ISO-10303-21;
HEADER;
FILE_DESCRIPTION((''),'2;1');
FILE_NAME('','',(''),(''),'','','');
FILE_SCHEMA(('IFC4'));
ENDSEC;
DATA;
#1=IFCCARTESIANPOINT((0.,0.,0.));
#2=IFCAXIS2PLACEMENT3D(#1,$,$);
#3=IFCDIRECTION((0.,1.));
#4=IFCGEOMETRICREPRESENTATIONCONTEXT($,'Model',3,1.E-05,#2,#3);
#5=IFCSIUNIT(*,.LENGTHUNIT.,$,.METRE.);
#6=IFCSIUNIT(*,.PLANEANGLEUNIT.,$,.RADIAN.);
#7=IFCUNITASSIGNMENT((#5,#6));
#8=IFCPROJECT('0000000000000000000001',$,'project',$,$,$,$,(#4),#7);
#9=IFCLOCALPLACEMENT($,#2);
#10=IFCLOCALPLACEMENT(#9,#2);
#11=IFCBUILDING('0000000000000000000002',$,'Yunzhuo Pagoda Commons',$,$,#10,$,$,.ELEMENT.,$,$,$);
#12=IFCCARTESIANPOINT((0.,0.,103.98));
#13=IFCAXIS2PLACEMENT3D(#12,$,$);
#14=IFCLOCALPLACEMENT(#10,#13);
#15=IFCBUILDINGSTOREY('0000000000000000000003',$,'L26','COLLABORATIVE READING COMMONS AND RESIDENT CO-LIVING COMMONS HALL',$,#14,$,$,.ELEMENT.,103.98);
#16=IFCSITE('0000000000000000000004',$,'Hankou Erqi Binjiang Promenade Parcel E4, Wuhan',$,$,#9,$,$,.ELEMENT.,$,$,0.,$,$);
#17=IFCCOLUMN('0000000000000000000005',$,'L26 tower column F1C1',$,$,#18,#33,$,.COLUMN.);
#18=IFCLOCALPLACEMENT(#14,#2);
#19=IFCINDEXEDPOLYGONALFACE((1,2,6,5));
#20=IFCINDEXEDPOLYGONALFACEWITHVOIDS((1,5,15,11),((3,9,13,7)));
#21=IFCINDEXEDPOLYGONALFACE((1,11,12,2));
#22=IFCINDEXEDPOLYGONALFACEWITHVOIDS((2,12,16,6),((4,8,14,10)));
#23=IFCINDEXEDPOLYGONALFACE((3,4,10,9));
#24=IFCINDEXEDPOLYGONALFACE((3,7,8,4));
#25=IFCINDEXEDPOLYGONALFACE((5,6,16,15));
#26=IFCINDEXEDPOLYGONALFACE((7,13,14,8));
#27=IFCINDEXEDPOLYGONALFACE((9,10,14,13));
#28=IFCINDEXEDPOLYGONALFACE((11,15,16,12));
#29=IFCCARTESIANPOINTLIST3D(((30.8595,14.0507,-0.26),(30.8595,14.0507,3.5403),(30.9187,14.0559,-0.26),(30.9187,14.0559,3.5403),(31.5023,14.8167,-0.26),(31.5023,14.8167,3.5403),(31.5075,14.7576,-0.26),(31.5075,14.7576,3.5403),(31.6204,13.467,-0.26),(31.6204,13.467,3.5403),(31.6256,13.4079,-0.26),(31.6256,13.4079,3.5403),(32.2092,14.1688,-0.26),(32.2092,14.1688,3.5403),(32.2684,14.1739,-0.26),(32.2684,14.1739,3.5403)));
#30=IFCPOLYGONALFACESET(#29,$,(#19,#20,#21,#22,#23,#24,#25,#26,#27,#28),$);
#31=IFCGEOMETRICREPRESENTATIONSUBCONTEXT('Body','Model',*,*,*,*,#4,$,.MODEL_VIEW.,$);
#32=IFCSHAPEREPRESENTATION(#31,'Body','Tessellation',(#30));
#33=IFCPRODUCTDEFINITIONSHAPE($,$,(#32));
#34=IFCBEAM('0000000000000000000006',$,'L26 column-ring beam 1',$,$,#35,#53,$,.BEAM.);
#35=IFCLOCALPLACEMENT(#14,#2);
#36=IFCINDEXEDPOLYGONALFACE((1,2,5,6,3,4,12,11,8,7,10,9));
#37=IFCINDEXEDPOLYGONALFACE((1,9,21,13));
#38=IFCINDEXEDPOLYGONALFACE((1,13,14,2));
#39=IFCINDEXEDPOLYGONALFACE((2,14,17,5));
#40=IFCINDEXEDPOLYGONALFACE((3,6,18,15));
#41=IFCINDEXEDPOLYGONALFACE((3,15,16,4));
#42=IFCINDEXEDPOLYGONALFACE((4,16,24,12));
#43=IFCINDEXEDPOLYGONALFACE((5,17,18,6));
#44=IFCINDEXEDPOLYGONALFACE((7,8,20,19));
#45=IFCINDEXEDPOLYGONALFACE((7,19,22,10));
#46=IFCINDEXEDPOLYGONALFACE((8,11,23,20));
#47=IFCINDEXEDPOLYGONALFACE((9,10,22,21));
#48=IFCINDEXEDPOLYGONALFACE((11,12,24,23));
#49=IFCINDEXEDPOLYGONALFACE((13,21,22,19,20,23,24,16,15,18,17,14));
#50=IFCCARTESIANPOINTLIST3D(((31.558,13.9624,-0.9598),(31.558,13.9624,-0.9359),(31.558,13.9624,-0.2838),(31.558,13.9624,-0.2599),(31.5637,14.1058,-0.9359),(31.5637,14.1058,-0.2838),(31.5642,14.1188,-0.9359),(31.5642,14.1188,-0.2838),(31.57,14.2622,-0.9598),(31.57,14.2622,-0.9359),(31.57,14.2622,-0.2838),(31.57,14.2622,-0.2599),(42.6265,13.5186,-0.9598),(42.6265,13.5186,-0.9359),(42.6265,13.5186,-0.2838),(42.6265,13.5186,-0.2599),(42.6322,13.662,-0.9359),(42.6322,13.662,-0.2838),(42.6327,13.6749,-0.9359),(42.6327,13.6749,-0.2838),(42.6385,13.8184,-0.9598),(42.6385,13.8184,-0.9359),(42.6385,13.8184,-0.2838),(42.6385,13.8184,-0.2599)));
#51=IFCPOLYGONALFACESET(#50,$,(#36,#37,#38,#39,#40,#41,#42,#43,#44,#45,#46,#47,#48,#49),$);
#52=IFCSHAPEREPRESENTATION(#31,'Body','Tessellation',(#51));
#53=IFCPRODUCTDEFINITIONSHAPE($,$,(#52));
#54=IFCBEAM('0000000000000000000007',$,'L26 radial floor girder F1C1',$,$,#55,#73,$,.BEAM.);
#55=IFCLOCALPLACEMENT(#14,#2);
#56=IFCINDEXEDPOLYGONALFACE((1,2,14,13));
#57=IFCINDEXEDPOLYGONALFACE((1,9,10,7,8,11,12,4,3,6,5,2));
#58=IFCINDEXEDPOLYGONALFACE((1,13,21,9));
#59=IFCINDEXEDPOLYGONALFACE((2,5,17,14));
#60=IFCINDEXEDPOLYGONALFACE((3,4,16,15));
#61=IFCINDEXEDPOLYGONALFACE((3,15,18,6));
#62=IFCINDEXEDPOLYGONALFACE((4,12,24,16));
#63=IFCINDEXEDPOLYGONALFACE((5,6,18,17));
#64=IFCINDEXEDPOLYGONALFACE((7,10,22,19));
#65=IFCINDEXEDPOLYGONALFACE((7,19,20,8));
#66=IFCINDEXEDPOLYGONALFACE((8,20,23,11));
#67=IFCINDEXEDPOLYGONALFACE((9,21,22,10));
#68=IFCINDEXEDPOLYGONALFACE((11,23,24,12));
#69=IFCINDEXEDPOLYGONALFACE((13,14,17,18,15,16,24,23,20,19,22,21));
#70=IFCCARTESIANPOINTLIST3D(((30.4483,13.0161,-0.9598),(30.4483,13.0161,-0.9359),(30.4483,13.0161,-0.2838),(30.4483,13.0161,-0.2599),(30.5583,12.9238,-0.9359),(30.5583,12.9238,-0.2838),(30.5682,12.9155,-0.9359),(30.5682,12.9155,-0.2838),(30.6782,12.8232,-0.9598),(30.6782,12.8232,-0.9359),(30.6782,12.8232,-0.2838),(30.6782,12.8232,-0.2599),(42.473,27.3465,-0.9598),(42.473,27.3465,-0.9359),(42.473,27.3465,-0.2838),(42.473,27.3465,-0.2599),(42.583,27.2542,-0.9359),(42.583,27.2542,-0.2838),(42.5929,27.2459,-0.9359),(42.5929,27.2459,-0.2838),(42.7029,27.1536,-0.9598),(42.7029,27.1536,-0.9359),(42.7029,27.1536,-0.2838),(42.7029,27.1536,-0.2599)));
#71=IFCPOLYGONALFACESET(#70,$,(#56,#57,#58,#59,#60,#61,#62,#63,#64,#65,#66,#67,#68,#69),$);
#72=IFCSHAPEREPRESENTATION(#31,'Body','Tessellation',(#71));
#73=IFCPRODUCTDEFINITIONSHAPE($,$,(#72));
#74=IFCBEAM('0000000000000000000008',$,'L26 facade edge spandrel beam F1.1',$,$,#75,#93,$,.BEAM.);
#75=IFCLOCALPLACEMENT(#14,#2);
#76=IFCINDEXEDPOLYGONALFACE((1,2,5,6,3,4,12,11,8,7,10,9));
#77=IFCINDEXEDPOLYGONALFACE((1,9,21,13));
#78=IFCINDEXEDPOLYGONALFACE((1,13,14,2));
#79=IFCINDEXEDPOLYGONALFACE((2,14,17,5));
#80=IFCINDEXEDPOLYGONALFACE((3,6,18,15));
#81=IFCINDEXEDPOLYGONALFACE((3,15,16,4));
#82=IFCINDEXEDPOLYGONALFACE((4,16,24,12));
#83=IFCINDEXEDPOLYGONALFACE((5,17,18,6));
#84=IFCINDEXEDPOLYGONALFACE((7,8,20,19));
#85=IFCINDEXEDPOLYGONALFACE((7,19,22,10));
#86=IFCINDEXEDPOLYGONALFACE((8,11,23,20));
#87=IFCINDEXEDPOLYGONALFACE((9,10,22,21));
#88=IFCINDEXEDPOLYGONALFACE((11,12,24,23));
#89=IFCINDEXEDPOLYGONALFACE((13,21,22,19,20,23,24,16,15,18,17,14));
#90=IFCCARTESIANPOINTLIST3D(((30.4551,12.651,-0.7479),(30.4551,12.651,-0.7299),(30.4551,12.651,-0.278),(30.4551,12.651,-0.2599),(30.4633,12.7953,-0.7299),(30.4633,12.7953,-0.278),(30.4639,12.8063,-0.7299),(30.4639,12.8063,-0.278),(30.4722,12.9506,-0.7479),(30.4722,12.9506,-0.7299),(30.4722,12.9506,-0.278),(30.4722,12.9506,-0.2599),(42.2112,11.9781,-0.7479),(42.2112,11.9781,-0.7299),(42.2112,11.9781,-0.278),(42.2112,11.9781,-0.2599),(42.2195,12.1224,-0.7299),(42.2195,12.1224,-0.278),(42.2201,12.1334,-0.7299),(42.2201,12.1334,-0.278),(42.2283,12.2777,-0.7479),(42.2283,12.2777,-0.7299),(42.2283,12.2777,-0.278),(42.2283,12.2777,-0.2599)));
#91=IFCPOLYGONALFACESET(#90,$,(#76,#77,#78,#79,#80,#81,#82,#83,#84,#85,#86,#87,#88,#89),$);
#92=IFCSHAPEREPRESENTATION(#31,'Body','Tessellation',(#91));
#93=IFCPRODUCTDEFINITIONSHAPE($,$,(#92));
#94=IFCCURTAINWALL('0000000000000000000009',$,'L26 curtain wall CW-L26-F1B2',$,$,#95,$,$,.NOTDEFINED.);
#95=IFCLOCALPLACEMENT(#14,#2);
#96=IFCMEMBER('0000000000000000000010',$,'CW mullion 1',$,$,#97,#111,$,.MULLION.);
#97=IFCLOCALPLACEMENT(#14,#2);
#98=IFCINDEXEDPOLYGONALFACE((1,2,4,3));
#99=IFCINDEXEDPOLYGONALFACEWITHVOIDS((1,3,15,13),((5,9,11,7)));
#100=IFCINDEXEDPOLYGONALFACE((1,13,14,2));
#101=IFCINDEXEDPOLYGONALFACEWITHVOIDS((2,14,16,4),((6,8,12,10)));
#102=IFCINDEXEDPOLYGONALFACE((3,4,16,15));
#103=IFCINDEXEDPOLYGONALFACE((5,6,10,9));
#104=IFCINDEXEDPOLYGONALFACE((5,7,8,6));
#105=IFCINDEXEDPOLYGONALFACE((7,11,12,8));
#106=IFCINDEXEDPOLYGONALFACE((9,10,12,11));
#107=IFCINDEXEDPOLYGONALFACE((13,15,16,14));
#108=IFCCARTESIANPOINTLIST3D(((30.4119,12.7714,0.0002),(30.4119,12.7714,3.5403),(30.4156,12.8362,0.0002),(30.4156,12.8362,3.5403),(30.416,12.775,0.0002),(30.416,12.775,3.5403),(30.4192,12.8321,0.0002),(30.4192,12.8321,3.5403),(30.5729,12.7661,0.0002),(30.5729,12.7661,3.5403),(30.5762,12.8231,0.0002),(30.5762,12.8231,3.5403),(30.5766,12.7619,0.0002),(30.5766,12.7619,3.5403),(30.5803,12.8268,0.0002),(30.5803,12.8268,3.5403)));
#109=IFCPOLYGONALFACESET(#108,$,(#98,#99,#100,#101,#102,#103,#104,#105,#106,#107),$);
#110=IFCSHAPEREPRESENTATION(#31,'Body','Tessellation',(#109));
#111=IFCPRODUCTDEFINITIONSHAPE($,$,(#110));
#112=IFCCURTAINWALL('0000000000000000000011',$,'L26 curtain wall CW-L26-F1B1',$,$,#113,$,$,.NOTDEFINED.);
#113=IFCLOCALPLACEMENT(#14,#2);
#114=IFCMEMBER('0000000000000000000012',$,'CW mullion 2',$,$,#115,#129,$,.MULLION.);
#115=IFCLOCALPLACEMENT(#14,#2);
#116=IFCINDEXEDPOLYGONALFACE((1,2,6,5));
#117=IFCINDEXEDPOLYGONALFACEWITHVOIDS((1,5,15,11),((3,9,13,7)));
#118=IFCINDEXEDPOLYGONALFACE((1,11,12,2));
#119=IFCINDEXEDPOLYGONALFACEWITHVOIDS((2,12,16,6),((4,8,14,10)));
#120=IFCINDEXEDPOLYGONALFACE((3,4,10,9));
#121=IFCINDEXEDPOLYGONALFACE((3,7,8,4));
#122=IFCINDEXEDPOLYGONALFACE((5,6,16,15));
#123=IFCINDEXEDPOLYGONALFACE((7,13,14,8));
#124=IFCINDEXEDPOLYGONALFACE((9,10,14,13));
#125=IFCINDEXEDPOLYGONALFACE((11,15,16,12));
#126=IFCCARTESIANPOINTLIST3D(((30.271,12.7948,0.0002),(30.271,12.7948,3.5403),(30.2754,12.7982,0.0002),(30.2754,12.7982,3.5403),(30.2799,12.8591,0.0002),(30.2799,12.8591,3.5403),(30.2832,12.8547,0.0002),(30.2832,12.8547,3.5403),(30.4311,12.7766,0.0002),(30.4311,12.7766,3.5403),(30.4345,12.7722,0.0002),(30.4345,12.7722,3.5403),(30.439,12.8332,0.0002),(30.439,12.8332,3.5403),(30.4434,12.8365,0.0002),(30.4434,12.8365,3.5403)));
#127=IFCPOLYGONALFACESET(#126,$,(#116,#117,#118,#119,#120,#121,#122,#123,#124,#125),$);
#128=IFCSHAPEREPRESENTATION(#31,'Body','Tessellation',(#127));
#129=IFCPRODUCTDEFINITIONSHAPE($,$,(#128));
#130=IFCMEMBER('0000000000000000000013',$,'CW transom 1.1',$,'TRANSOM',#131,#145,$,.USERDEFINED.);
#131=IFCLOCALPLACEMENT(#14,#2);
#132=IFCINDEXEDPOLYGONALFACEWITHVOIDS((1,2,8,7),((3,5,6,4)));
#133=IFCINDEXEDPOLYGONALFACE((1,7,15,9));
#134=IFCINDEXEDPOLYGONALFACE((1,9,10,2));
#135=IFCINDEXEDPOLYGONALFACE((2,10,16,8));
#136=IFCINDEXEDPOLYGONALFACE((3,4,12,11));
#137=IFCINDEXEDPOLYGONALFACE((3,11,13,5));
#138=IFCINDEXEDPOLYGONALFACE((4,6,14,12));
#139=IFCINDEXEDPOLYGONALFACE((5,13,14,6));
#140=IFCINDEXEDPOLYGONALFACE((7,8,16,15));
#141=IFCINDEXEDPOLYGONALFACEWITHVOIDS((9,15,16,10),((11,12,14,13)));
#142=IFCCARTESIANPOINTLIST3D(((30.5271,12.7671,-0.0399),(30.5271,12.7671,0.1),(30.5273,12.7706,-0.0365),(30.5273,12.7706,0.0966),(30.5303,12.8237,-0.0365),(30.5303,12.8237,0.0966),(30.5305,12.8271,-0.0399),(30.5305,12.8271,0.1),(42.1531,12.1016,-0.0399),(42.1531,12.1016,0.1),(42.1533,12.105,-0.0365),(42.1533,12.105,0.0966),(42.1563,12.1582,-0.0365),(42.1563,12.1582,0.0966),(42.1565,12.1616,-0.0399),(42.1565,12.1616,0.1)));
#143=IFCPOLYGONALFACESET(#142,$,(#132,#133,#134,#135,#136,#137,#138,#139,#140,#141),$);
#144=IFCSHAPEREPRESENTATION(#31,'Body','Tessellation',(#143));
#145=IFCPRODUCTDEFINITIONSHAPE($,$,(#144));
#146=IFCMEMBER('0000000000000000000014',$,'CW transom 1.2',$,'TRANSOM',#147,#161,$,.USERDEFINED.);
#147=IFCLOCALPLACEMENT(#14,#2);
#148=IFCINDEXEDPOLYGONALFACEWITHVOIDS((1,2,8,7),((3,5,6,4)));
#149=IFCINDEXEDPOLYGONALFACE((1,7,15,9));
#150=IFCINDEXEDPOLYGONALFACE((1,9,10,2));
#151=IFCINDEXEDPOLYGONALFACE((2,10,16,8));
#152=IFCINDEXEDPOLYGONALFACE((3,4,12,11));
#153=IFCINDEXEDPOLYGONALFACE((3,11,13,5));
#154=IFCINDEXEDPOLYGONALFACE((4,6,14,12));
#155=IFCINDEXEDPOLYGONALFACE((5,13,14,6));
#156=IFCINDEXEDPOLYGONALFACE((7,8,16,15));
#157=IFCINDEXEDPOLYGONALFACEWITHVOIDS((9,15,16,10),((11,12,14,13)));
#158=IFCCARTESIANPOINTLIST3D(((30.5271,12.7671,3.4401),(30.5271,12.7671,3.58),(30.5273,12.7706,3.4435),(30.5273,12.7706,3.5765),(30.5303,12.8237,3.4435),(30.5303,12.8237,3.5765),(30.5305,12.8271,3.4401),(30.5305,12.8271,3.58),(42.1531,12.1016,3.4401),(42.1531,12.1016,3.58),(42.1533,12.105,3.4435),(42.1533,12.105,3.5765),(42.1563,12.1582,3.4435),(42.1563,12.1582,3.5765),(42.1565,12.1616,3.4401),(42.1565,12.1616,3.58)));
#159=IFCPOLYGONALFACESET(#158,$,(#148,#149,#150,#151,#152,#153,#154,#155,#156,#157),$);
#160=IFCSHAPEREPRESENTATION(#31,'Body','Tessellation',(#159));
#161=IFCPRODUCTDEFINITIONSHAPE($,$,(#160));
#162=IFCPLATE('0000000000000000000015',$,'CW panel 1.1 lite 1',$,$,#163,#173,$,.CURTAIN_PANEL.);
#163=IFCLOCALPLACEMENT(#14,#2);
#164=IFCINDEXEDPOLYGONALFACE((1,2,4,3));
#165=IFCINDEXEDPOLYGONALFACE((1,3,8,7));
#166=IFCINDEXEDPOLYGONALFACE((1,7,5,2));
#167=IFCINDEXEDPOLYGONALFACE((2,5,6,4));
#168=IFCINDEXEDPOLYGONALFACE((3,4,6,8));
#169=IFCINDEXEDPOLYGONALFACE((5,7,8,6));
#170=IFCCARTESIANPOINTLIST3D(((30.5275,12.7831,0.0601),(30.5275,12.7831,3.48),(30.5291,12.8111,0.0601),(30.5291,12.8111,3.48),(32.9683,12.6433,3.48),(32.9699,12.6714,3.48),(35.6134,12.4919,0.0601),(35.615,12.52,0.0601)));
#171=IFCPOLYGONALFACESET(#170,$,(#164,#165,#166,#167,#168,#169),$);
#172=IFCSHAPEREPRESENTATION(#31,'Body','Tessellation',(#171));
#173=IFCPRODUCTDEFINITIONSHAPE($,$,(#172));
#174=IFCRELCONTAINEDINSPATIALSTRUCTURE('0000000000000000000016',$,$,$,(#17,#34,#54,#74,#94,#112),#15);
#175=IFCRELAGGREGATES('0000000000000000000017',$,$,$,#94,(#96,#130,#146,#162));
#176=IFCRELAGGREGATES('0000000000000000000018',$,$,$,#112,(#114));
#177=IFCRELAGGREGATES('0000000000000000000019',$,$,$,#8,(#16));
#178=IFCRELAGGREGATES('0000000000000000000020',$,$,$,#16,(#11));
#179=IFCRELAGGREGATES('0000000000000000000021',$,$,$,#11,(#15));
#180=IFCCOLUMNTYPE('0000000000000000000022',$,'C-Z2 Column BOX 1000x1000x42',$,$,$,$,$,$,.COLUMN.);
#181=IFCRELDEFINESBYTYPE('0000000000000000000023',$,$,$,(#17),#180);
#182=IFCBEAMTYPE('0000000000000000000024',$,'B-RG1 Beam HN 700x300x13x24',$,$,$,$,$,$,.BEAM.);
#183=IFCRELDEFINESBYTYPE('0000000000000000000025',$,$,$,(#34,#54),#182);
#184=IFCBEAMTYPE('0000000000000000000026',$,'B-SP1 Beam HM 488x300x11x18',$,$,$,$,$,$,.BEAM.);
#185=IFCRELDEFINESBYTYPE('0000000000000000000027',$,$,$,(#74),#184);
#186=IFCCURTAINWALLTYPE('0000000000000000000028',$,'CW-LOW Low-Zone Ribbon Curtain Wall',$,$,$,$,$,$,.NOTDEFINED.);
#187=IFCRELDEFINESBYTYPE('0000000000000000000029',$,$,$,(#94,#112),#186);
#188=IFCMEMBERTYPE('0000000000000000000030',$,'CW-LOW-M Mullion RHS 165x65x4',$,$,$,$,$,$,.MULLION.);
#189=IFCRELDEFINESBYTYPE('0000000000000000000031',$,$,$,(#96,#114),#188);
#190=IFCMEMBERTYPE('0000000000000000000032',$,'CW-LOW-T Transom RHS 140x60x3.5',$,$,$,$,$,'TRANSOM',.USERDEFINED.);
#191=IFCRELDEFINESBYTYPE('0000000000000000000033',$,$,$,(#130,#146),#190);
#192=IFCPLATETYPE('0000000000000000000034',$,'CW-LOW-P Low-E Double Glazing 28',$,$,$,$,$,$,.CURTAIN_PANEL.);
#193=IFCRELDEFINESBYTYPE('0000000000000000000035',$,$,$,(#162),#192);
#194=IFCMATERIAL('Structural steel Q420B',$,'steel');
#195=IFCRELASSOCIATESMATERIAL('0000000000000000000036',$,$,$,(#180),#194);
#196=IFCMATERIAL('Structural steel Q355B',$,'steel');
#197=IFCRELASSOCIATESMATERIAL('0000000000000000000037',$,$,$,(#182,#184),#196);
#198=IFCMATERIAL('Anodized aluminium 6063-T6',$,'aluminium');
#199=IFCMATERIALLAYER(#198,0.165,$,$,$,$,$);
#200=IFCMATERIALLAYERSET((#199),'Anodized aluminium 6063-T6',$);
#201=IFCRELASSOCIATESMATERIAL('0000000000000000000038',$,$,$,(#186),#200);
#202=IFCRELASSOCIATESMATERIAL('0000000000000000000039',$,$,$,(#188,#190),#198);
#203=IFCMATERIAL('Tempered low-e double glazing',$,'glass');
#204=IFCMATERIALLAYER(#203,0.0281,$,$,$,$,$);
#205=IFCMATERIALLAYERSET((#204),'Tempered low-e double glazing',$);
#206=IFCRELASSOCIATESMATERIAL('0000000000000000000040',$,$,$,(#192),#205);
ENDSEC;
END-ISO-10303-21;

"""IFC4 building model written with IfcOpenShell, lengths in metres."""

from ifc_helpers import new_model, si_unit, direction, frame, origin, origin_2d, place, context, subcontext, project, spatial, polyline, hollow_rectangle, i_section, outline, extrude, source, transform, mapped, material, layer, layer_set, material_profile, profile_set, type_object, element, aggregate, save


model = new_model("IFC4")

# Units and contexts
model_context = context("Model", 3, precision=1e-05, world=origin(), true_north=direction((0.0, 1.0)))
body_context = subcontext(model_context, "Body", "Model", "MODEL_VIEW")
ifc_project = project(units=[si_unit("LENGTHUNIT", "METRE"), si_unit("PLANEANGLEUNIT", "RADIAN")], contexts=[model_context])

# Site, building, storey
site_placement = place(None, origin())
site = spatial("IfcSite", under=ifc_project, at=site_placement, Name="Hankou Erqi Binjiang Promenade Parcel E4, Wuhan", CompositionType="ELEMENT", RefElevation=0.0)
building_placement = place(site_placement, origin())
building = spatial("IfcBuilding", under=site, at=building_placement, Name="Yunzhuo Pagoda Commons", CompositionType="ELEMENT")
storey_placement = place(building_placement, frame((0.0, 0.0, 103.98)))
storey = spatial("IfcBuildingStorey", under=building, at=storey_placement, Name="L26", Description="COLLABORATIVE READING COMMONS AND RESIDENT CO-LIVING COMMONS HALL", CompositionType="ELEMENT", Elevation=103.98)

# Column
ifc_material_1 = material(Name="Structural steel Q420B", Category="steel")
ifc_material_profile_1 = material_profile(ifc_material_1, hollow_rectangle(XDim=1.0, YDim=1.0, WallThickness=0.042, at=origin_2d()), Name="Structural steel Q420B")
ifc_profile_set_1 = profile_set([ifc_material_profile_1], Name="Structural steel Q420B")
column_type = type_object("IfcColumnType", Name="C-Z2 Column BOX 1000x1000x42", PredefinedType="COLUMN", material=ifc_profile_set_1)
shared_shape_1 = source(origin(), body_context, "Body", "SweptSolid", [
    extrude(hollow_rectangle(XDim=1.0, YDim=1.0, WallThickness=0.042, at=origin_2d()), origin(), (0.0, 0.0, 1.0), 3.8003),
])
column_placement = place(storey_placement, frame((31.564, 14.1123, -0.26), z_axis=(0.0, 0.0, 1.0), x_axis=(0.766044, -0.642788, 0.0)))
element("IfcColumn", 1, at=column_placement, inside=storey, type_object=column_type, Name="L26 tower column F1C1", PredefinedType="COLUMN", context=body_context, shape_type="MappedRepresentation", body=[
    mapped(shared_shape_1, transform((0.0, 0.0, 0.0), scale=1.0)),
])

# Beams
ifc_material_2 = material(Name="Structural steel Q355B", Category="steel")
ifc_material_profile_2 = material_profile(ifc_material_2, i_section(OverallWidth=0.3, OverallDepth=0.7, WebThickness=0.0129, FlangeThickness=0.0239, at=origin_2d()), Name="Structural steel Q355B")
ifc_profile_set_2 = profile_set([ifc_material_profile_2], Name="Structural steel Q355B")
beam_type_1 = type_object("IfcBeamType", Name="B-RG1 Beam HN 700x300x13x24", PredefinedType="BEAM", material=ifc_profile_set_2)
shared_shape_2 = source(origin(), body_context, "Body", "SweptSolid", [
    extrude(i_section(OverallWidth=0.3, OverallDepth=0.7, WebThickness=0.0129, FlangeThickness=0.0239, at=origin_2d()), origin(), (0.0, 0.0, 1.0), 11.0774),
])
beam_1_placement = place(storey_placement, frame((31.564, 14.1123, -0.6099), z_axis=(0.999197, -0.040067, 0.0), x_axis=(0.040067, 0.999197, 0.0)))
element("IfcBeam", 2, at=beam_1_placement, inside=storey, type_object=beam_type_1, Name="L26 column-ring beam 1", PredefinedType="BEAM", context=body_context, shape_type="MappedRepresentation", body=[
    mapped(shared_shape_2, transform((0.0, 0.0, 0.0), scale=1.0)),
])
shared_shape_3 = source(origin(), body_context, "Body", "SweptSolid", [
    extrude(i_section(OverallWidth=0.3, OverallDepth=0.7, WebThickness=0.0129, FlangeThickness=0.0239, at=origin_2d()), origin(), (0.0, 0.0, 1.0), 18.707),
])
beam_2_placement = place(storey_placement, frame((30.5632, 12.9197, -0.6099), z_axis=(0.64279, 0.766042, 0.0), x_axis=(-0.766042, 0.64279, 0.0)))
element("IfcBeam", 3, at=beam_2_placement, inside=storey, type_object=beam_type_1, Name="L26 radial floor girder F1C1", PredefinedType="BEAM", context=body_context, shape_type="MappedRepresentation", body=[
    mapped(shared_shape_3, transform((0.0, 0.0, 0.0), scale=1.0)),
])
ifc_material_profile_3 = material_profile(ifc_material_2, i_section(OverallWidth=0.3, OverallDepth=0.488, WebThickness=0.011, FlangeThickness=0.0181, at=origin_2d()), Name="Structural steel Q355B")
ifc_profile_set_3 = profile_set([ifc_material_profile_3], Name="Structural steel Q355B")
beam_type_2 = type_object("IfcBeamType", Name="B-SP1 Beam HM 488x300x11x18", PredefinedType="BEAM", material=ifc_profile_set_3)
shared_shape_4 = source(origin(), body_context, "Body", "SweptSolid", [
    extrude(i_section(OverallWidth=0.3, OverallDepth=0.488, WebThickness=0.011, FlangeThickness=0.0181, at=origin_2d()), origin(), (0.0, 0.0, 1.0), 11.7754),
])
beam_3_placement = place(storey_placement, frame((30.4636, 12.8008, -0.5039), z_axis=(0.998366, -0.057141, 0.0), x_axis=(0.057141, 0.998366, 0.0)))
element("IfcBeam", 4, at=beam_3_placement, inside=storey, type_object=beam_type_2, Name="L26 facade edge spandrel beam F1.1", PredefinedType="BEAM", context=body_context, shape_type="MappedRepresentation", body=[
    mapped(shared_shape_4, transform((0.0, 0.0, 0.0), scale=1.0)),
])

# Curtain walls, members
ifc_material_3 = material(Name="Anodized aluminium 6063-T6", Category="aluminium")
ifc_layer_1 = layer(ifc_material_3, 0.165)
ifc_layer_set_1 = layer_set([ifc_layer_1], Name="Anodized aluminium 6063-T6")
curtain_wall_type = type_object("IfcCurtainWallType", Name="CW-LOW Low-Zone Ribbon Curtain Wall", PredefinedType="NOTDEFINED", material=ifc_layer_set_1)
curtain_wall_1_placement = place(storey_placement, origin())
curtain_wall_1 = element("IfcCurtainWall", 5, at=curtain_wall_1_placement, inside=storey, type_object=curtain_wall_type, Name="L26 curtain wall CW-L26-F1B2", PredefinedType="NOTDEFINED")
ifc_material_profile_4 = material_profile(ifc_material_3, hollow_rectangle(XDim=0.0649, YDim=0.165, WallThickness=0.0039, at=origin_2d()), Name="Anodized aluminium 6063-T6")
ifc_profile_set_4 = profile_set([ifc_material_profile_4], Name="Anodized aluminium 6063-T6")
member_type_1 = type_object("IfcMemberType", Name="CW-LOW-M Mullion RHS 165x65x4", PredefinedType="MULLION", material=ifc_profile_set_4)
shared_shape_5 = source(origin(), body_context, "Body", "SweptSolid", [
    extrude(hollow_rectangle(XDim=0.0649, YDim=0.165, WallThickness=0.0039, at=origin_2d()), origin(), (0.0, 0.0, 1.0), 3.54),
])
member_1_placement = place(storey_placement, frame((30.4961, 12.7991, 0.0002), z_axis=(0.0, 0.0, 1.0), x_axis=(0.057153, 0.998365, 0.0)))
member_1 = element("IfcMember", 6, at=member_1_placement, type_object=member_type_1, Name="CW mullion 1", PredefinedType="MULLION", context=body_context, shape_type="MappedRepresentation", body=[
    mapped(shared_shape_5, transform((0.0, 0.0, 0.0), scale=1.0)),
])
curtain_wall_2_placement = place(storey_placement, origin())
curtain_wall_2 = element("IfcCurtainWall", 7, at=curtain_wall_2_placement, inside=storey, type_object=curtain_wall_type, Name="L26 curtain wall CW-L26-F1B1", PredefinedType="NOTDEFINED")
member_2_placement = place(storey_placement, frame((30.3572, 12.8157, 0.0002), z_axis=(0.0, 0.0, 1.0), x_axis=(0.137082, 0.99056, 0.0)))
member_2 = element("IfcMember", 8, at=member_2_placement, type_object=member_type_1, Name="CW mullion 2", PredefinedType="MULLION", context=body_context, shape_type="MappedRepresentation", body=[
    mapped(shared_shape_5, transform((0.0, 0.0, 0.0), scale=1.0)),
])

# Members
ifc_material_profile_5 = material_profile(ifc_material_3, hollow_rectangle(XDim=0.0601, YDim=0.1399, WallThickness=0.0034, at=origin_2d()), Name="Anodized aluminium 6063-T6")
ifc_profile_set_5 = profile_set([ifc_material_profile_5], Name="Anodized aluminium 6063-T6")
member_type_2 = type_object("IfcMemberType", Name="CW-LOW-T Transom RHS 140x60x3.5", ElementType="TRANSOM", PredefinedType="USERDEFINED", material=ifc_profile_set_5)
shared_shape_6 = source(origin(), body_context, "Body", "SweptSolid", [
    extrude(hollow_rectangle(XDim=0.0601, YDim=0.1399, WallThickness=0.0034, at=origin_2d()), origin(), (0.0, 0.0, 1.0), 11.645),
])
member_3_placement = place(storey_placement, frame((30.5288, 12.7971, 0.03), z_axis=(0.998366, -0.057151, 0.0), x_axis=(0.057151, 0.998366, 0.0)))
member_3 = element("IfcMember", 9, at=member_3_placement, type_object=member_type_2, Name="CW transom 1.1", ObjectType="TRANSOM", PredefinedType="USERDEFINED", context=body_context, shape_type="MappedRepresentation", body=[
    mapped(shared_shape_6, transform((0.0, 0.0, 0.0), scale=1.0)),
])
member_4_placement = place(storey_placement, frame((30.5288, 12.7971, 3.51), z_axis=(0.998366, -0.057151, 0.0), x_axis=(0.057151, 0.998366, 0.0)))
member_4 = element("IfcMember", 10, at=member_4_placement, type_object=member_type_2, Name="CW transom 1.2", ObjectType="TRANSOM", PredefinedType="USERDEFINED", context=body_context, shape_type="MappedRepresentation", body=[
    mapped(shared_shape_6, transform((0.0, 0.0, 0.0), scale=1.0)),
])

# Plate
ifc_material_4 = material(Name="Tempered low-e double glazing", Category="glass")
ifc_layer_2 = layer(ifc_material_4, 0.0281)
ifc_layer_set_2 = layer_set([ifc_layer_2], Name="Tempered low-e double glazing")
plate_type = type_object("IfcPlateType", Name="CW-LOW-P Low-E Double Glazing 28", PredefinedType="CURTAIN_PANEL", material=ifc_layer_set_2)
plate_1_placement = place(storey_placement, frame((33.072, 12.6655, 1.77), z_axis=(-0.057153, -0.998365, 0.0), x_axis=(0.998365, -0.057153, 0.0)))
plate_1 = element("IfcPlate", 11, at=plate_1_placement, type_object=plate_type, Name="CW panel 1.1 lite 1", PredefinedType="CURTAIN_PANEL", context=body_context, shape_type="SweptSolid", body=[
    extrude(outline(polyline([(-2.5471, -1.71), (2.5471, -1.71), (-0.1023, 1.71), (-2.5471, 1.71), (-2.5471, -1.71)])), origin(), (0.0, 0.0, 1.0), 0.0281),
])
aggregate(curtain_wall_1, [member_1, member_3, member_4, plate_1])

aggregate(curtain_wall_2, [member_2])

save(model, "model.ifc")
